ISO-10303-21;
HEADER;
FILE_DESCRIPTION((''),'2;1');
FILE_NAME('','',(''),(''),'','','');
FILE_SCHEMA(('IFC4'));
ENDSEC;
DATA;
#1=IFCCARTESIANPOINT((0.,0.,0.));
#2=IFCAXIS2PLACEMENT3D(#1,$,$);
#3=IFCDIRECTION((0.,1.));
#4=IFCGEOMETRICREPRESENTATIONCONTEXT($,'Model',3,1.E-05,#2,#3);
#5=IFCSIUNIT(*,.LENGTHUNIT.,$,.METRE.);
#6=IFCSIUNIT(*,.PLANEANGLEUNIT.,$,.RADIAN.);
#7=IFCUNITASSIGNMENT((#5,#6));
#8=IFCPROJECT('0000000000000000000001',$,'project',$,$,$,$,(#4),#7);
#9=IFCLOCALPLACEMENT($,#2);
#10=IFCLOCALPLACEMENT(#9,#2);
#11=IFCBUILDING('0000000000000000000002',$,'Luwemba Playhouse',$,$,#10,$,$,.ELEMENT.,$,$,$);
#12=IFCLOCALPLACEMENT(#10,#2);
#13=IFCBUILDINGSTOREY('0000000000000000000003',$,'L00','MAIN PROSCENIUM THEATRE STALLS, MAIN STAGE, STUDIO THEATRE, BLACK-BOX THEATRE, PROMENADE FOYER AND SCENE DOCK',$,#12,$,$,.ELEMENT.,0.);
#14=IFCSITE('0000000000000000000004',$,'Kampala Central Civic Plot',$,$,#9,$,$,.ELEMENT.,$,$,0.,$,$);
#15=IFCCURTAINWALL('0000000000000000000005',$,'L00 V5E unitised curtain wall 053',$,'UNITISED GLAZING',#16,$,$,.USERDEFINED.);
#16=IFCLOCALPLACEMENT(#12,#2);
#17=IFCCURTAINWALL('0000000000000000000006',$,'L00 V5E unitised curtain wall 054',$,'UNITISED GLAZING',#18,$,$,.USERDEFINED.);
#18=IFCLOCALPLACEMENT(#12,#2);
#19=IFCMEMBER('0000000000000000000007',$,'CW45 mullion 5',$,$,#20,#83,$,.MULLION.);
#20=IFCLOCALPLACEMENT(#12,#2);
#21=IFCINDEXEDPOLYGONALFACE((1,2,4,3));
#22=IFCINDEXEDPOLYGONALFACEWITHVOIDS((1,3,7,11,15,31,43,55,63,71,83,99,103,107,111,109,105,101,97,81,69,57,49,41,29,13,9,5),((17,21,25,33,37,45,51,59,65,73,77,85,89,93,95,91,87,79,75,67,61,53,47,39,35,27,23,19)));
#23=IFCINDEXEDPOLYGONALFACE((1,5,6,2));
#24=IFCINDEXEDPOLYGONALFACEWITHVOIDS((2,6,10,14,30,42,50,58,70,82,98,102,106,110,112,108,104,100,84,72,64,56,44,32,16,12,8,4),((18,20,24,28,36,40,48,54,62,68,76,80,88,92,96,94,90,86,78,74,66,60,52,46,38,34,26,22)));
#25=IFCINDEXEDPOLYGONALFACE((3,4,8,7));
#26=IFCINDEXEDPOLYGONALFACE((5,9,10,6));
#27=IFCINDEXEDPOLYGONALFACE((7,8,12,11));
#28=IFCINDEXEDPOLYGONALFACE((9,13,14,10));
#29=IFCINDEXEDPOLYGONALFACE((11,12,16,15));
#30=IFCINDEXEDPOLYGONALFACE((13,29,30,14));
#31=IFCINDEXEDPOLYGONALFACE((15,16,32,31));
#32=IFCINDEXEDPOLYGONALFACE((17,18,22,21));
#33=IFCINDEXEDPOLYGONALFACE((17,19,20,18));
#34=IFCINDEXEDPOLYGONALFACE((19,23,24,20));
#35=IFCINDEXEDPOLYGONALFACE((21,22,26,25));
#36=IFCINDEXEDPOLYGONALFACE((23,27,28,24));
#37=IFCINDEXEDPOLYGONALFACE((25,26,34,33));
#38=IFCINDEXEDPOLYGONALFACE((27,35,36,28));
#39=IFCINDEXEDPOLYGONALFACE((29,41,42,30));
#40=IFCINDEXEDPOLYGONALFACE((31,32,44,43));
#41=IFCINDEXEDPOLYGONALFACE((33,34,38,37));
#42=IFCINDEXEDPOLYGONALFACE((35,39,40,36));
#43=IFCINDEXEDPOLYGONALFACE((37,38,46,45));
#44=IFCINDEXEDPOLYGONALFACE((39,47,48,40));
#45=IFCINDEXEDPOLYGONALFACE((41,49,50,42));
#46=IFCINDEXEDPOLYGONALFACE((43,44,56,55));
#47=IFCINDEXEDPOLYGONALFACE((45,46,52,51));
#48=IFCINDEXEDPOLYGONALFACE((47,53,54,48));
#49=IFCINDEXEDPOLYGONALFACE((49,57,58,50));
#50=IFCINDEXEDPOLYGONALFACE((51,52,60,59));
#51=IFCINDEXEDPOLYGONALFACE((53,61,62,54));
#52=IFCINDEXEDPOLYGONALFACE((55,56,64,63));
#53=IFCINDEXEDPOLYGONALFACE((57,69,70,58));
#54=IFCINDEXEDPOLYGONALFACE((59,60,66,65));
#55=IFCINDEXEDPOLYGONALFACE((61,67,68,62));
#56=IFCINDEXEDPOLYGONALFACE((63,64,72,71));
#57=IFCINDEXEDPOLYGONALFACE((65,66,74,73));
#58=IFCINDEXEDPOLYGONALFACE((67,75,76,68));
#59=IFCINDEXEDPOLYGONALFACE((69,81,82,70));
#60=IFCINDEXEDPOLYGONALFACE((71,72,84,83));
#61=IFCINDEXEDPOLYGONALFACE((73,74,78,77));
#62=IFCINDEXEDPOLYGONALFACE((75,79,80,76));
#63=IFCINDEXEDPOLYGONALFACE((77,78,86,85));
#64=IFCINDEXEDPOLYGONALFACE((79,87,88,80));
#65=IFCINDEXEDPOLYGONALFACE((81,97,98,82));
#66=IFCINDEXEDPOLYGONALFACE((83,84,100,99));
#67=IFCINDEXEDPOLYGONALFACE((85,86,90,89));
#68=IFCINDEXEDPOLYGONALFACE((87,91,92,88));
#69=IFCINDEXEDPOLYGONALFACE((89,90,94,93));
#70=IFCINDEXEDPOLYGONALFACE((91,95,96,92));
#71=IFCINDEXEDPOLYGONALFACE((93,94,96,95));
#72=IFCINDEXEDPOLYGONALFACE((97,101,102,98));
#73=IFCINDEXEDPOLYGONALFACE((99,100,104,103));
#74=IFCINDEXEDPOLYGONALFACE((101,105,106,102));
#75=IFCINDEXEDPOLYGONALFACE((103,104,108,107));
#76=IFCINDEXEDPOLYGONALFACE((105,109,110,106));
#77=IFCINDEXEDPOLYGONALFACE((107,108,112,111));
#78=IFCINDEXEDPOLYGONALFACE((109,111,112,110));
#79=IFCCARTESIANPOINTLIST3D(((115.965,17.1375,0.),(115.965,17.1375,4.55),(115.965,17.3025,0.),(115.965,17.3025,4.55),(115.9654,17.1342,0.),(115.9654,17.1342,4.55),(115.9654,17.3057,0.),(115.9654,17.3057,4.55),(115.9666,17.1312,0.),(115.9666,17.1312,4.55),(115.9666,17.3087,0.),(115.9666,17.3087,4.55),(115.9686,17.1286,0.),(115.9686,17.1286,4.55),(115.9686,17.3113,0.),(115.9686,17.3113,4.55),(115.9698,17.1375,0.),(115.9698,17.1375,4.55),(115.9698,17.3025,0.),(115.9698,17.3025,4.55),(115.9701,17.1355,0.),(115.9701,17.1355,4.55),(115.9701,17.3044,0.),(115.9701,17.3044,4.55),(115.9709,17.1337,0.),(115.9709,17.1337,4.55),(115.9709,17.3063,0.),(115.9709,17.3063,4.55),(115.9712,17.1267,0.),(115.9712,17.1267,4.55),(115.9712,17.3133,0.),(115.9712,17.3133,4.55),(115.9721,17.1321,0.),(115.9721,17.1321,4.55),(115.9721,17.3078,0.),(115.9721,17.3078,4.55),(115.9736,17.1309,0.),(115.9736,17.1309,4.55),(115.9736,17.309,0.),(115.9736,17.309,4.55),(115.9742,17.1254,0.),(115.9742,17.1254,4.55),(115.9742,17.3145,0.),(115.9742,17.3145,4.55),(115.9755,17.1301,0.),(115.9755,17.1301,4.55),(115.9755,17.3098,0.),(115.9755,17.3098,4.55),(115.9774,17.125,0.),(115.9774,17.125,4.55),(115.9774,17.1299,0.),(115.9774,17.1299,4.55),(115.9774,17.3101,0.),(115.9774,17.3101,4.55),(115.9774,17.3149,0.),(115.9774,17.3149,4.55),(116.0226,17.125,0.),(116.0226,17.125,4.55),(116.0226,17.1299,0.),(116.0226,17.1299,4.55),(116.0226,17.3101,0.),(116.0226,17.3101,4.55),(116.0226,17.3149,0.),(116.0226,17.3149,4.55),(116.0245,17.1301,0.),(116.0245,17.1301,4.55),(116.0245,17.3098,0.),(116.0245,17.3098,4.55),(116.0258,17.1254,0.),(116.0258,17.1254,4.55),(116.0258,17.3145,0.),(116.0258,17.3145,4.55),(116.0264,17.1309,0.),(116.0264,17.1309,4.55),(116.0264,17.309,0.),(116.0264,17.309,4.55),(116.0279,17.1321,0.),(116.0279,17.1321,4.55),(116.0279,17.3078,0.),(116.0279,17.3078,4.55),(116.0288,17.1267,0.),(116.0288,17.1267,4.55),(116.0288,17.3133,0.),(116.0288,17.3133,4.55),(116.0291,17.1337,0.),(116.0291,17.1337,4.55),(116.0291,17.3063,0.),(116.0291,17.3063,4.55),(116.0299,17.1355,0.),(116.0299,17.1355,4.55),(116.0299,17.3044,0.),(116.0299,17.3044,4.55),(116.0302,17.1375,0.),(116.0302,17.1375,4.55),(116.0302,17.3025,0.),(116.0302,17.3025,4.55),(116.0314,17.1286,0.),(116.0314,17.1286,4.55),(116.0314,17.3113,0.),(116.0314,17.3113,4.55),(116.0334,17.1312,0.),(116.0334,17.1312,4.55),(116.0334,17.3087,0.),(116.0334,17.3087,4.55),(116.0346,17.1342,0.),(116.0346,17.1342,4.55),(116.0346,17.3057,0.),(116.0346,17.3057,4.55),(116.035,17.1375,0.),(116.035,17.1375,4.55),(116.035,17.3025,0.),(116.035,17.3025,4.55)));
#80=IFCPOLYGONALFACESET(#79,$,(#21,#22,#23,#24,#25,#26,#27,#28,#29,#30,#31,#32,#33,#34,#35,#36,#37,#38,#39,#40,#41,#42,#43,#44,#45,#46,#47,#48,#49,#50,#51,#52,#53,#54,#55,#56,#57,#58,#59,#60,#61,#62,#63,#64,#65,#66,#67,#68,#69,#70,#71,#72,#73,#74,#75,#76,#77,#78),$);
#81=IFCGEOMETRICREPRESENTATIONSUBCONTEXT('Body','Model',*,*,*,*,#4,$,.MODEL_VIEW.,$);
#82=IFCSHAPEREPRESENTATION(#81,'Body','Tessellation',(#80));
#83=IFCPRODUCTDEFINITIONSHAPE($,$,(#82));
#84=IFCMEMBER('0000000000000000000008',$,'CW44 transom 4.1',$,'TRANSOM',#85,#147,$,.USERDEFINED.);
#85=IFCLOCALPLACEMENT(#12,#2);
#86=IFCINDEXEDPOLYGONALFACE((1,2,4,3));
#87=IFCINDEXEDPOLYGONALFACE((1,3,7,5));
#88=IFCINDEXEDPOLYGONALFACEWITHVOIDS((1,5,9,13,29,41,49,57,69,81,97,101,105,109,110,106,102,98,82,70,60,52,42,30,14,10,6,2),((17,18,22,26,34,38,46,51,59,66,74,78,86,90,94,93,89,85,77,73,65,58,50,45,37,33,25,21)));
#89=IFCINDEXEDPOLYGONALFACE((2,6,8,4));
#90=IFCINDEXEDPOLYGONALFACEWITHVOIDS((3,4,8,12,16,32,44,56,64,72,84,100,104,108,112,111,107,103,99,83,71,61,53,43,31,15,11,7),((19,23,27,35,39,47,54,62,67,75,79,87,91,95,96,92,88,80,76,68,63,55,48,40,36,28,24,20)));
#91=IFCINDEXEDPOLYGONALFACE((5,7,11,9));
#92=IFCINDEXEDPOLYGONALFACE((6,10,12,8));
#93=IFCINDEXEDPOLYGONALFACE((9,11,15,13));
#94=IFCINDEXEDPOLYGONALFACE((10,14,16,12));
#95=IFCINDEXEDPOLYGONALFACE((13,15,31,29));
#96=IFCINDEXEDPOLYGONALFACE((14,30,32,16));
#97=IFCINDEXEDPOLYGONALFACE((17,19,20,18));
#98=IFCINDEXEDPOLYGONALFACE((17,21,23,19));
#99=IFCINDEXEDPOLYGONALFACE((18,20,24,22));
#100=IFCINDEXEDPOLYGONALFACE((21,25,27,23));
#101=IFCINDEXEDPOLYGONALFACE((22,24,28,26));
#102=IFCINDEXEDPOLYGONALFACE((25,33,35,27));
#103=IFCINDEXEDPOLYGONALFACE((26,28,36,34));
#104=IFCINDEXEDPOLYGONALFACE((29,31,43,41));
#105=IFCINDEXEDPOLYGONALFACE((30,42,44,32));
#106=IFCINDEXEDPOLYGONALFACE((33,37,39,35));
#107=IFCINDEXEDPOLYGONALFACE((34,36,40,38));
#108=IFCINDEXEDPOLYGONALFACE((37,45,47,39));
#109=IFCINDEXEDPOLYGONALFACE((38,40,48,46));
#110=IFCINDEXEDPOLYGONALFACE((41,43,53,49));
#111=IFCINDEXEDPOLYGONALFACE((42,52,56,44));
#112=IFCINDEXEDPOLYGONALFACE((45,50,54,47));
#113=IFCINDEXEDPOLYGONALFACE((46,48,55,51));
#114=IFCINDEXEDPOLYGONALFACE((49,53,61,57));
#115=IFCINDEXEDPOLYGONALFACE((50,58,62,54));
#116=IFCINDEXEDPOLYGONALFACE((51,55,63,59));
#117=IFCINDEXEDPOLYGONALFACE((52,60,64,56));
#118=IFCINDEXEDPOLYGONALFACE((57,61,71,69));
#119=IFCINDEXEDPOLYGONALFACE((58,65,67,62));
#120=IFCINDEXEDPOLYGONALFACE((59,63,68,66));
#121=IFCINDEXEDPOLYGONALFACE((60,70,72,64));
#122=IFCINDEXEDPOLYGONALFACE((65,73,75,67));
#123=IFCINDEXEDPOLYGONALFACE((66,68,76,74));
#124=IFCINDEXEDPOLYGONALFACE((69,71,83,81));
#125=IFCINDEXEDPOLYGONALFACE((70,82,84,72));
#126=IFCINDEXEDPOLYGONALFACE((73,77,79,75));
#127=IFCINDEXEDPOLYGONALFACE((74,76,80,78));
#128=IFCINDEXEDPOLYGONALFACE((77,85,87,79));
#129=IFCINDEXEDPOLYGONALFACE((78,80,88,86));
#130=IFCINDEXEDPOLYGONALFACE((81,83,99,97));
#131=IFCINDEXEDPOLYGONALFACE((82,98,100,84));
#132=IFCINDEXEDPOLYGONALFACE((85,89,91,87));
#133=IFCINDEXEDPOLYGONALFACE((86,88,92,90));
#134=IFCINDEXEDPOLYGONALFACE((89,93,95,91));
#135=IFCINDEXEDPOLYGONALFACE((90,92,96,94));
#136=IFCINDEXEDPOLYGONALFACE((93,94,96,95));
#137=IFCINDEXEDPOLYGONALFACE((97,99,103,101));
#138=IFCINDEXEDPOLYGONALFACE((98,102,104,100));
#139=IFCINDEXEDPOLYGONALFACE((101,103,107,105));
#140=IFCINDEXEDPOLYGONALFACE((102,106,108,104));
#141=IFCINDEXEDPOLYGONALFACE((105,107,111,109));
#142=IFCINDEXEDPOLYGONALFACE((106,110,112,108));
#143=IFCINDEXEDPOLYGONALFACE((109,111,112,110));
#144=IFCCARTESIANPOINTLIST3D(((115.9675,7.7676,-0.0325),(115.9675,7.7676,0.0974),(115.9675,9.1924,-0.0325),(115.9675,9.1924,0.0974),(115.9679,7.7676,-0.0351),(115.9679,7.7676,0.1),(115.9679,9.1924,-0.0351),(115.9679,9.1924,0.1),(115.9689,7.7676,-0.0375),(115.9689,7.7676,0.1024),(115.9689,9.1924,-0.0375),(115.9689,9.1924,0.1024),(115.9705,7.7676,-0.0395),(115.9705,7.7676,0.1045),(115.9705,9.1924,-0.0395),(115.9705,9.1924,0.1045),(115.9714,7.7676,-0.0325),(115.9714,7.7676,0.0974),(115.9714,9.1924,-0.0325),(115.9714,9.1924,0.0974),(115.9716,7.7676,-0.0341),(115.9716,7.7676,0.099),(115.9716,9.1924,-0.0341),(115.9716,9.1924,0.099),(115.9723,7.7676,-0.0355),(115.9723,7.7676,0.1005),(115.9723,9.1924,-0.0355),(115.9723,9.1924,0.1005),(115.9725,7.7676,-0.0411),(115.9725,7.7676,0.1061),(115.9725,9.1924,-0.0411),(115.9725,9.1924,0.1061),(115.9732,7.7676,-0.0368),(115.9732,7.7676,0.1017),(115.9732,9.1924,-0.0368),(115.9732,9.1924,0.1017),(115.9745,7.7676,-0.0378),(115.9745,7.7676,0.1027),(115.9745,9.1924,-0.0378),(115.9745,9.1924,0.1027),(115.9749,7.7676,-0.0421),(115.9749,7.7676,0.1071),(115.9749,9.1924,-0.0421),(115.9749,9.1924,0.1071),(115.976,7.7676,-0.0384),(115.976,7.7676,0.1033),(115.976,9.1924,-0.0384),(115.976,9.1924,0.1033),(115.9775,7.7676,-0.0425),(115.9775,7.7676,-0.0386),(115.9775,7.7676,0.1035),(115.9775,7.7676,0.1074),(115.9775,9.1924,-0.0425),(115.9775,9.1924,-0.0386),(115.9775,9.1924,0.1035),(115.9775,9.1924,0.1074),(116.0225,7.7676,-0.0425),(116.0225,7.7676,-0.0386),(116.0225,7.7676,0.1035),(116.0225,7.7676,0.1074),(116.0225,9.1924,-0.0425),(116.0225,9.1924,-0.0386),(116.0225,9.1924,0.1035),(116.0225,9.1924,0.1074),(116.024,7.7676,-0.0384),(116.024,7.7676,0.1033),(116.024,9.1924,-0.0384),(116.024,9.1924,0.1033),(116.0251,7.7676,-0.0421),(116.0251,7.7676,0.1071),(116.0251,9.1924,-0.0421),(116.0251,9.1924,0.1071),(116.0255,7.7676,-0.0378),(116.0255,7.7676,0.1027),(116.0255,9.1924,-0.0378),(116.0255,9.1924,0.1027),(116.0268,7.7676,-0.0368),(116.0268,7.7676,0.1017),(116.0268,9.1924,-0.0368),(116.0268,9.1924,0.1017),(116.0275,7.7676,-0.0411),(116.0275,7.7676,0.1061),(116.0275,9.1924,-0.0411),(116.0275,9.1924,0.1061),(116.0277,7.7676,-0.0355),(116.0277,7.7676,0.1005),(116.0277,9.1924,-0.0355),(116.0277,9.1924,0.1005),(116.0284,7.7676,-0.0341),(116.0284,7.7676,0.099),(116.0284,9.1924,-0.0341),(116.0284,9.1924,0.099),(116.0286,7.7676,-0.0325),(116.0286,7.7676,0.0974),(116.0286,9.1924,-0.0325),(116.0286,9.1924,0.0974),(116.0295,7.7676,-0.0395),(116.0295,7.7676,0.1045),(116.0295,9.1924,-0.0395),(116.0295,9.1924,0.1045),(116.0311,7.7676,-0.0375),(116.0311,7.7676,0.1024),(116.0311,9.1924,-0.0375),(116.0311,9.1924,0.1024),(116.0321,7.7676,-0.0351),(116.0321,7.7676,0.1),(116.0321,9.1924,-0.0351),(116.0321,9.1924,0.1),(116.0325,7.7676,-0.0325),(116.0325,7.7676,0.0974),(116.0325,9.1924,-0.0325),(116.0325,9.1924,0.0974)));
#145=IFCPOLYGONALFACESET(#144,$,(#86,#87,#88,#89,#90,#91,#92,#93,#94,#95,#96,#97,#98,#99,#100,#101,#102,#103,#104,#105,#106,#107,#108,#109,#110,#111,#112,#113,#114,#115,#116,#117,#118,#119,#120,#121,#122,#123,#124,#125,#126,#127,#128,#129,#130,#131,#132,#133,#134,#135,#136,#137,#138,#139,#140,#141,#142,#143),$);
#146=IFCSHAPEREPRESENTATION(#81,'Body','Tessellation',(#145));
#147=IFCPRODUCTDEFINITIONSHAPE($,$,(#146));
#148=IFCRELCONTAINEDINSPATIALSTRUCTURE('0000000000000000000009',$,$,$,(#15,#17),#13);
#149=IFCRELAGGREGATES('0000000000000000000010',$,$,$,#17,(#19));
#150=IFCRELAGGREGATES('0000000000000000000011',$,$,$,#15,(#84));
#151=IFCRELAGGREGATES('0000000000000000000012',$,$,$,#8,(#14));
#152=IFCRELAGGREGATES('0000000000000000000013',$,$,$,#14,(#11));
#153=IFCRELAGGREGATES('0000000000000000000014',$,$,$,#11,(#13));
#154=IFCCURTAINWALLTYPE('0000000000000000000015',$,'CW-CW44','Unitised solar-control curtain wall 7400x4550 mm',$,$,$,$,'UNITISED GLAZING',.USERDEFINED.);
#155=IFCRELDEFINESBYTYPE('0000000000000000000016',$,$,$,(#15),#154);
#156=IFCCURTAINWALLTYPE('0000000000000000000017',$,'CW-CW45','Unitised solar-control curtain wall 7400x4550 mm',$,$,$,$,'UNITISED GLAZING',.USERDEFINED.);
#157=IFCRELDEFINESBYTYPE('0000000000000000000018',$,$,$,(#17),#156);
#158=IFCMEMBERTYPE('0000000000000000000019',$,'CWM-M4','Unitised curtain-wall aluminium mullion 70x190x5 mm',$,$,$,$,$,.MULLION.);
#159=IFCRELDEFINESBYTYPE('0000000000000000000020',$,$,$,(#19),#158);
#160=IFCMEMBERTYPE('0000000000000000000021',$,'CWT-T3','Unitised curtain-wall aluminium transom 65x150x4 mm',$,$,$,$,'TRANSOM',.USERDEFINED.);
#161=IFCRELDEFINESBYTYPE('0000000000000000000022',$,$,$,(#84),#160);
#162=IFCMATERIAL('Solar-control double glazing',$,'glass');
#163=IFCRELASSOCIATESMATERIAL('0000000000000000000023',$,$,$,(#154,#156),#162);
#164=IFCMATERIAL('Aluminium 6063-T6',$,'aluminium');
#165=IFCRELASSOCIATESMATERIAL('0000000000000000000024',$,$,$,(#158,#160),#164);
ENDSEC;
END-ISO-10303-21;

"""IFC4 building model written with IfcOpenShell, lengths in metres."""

from ifc_helpers import new_model, si_unit, direction, frame, origin, origin_2d, place, context, subcontext, project, spatial, hollow_rectangle, extrude, material, material_profile, profile_set, type_object, element, aggregate, save


model = new_model("IFC4")

# Units and contexts
model_context = context("Model", 3, precision=1e-05, world=origin(), true_north=direction((0.0, 1.0)))
body_context = subcontext(model_context, "Body", "Model", "MODEL_VIEW")
ifc_project = project(units=[si_unit("LENGTHUNIT", "METRE"), si_unit("PLANEANGLEUNIT", "RADIAN")], contexts=[model_context])

# Site, building, storey
site_placement = place(None, origin())
site = spatial("IfcSite", under=ifc_project, at=site_placement, Name="Kampala Central Civic Plot", CompositionType="ELEMENT", RefElevation=0.0)
building_placement = place(site_placement, origin())
building = spatial("IfcBuilding", under=site, at=building_placement, Name="Luwemba Playhouse", CompositionType="ELEMENT")
storey_placement = place(building_placement, origin())
storey = spatial("IfcBuildingStorey", under=building, at=storey_placement, Name="L00", Description="MAIN PROSCENIUM THEATRE STALLS, MAIN STAGE, STUDIO THEATRE, BLACK-BOX THEATRE, PROMENADE FOYER AND SCENE DOCK", CompositionType="ELEMENT", Elevation=0.0)

# Curtain walls, member
ifc_material_1 = material(Name="Solar-control double glazing", Category="glass")
curtain_wall_type_1 = type_object("IfcCurtainWallType", Name="CW-CW44", Description="Unitised solar-control curtain wall 7400x4550 mm", ElementType="UNITISED GLAZING", PredefinedType="USERDEFINED", material=ifc_material_1)
curtain_wall_1_placement = place(storey_placement, origin())
curtain_wall_1 = element("IfcCurtainWall", 1, at=curtain_wall_1_placement, inside=storey, type_object=curtain_wall_type_1, Name="L00 V5E unitised curtain wall 053", ObjectType="UNITISED GLAZING", PredefinedType="USERDEFINED")
ifc_material_2 = material(Name="Aluminium 6063-T6", Category="aluminium")
curtain_wall_type_2 = type_object("IfcCurtainWallType", Name="CW-CW45", Description="Unitised solar-control curtain wall 7400x4550 mm", ElementType="UNITISED GLAZING", PredefinedType="USERDEFINED", material=ifc_material_1)
curtain_wall_2_placement = place(storey_placement, origin())
curtain_wall_2 = element("IfcCurtainWall", 2, at=curtain_wall_2_placement, inside=storey, type_object=curtain_wall_type_2, Name="L00 V5E unitised curtain wall 054", ObjectType="UNITISED GLAZING", PredefinedType="USERDEFINED")
ifc_material_profile_1 = material_profile(ifc_material_2, hollow_rectangle(XDim=0.0701, YDim=0.1899, WallThickness=0.0049, InnerFilletRadius=0.0076, OuterFilletRadius=0.0125, at=origin_2d()))
ifc_profile_set_1 = profile_set([ifc_material_profile_1], Name="Aluminium 6063-T6")
member_type_1 = type_object("IfcMemberType", Name="CWM-M4", Description="Unitised curtain-wall aluminium mullion 70x190x5 mm", PredefinedType="MULLION", material=ifc_profile_set_1)
member_1_placement = place(storey_placement, frame((116.0, 17.22, 0.0), z_axis=(0.0, 0.0, 1.0), x_axis=(-1.0, 0.0, 0.0)))
member_1 = element("IfcMember", 3, at=member_1_placement, type_object=member_type_1, Name="CW45 mullion 5", PredefinedType="MULLION", context=body_context, shape_type="SweptSolid", body=[
    extrude(hollow_rectangle(XDim=0.0701, YDim=0.1899, WallThickness=0.0049, InnerFilletRadius=0.0076, OuterFilletRadius=0.0125, at=origin_2d()), origin(), (0.0, 0.0, 1.0), 4.55),
])
aggregate(curtain_wall_2, [member_1])

# Member
ifc_material_profile_2 = material_profile(ifc_material_2, hollow_rectangle(XDim=0.0649, YDim=0.1499, WallThickness=0.0039, InnerFilletRadius=0.0061, OuterFilletRadius=0.01, at=origin_2d()))
ifc_profile_set_2 = profile_set([ifc_material_profile_2], Name="Aluminium 6063-T6")
member_type_2 = type_object("IfcMemberType", Name="CWT-T3", Description="Unitised curtain-wall aluminium transom 65x150x4 mm", ElementType="TRANSOM", PredefinedType="USERDEFINED", material=ifc_profile_set_2)
member_2_placement = place(storey_placement, frame((116.0, 7.7676, 0.0325), z_axis=(0.0, 1.0, 0.0), x_axis=(-1.0, 0.0, 0.0)))
member_2 = element("IfcMember", 4, at=member_2_placement, type_object=member_type_2, Name="CW44 transom 4.1", ObjectType="TRANSOM", PredefinedType="USERDEFINED", context=body_context, shape_type="SweptSolid", body=[
    extrude(hollow_rectangle(XDim=0.0649, YDim=0.1499, WallThickness=0.0039, InnerFilletRadius=0.0061, OuterFilletRadius=0.01, at=origin_2d()), origin(), (0.0, 0.0, 1.0), 1.4248),
])

aggregate(curtain_wall_1, [member_2])

save(model, "model.ifc")
